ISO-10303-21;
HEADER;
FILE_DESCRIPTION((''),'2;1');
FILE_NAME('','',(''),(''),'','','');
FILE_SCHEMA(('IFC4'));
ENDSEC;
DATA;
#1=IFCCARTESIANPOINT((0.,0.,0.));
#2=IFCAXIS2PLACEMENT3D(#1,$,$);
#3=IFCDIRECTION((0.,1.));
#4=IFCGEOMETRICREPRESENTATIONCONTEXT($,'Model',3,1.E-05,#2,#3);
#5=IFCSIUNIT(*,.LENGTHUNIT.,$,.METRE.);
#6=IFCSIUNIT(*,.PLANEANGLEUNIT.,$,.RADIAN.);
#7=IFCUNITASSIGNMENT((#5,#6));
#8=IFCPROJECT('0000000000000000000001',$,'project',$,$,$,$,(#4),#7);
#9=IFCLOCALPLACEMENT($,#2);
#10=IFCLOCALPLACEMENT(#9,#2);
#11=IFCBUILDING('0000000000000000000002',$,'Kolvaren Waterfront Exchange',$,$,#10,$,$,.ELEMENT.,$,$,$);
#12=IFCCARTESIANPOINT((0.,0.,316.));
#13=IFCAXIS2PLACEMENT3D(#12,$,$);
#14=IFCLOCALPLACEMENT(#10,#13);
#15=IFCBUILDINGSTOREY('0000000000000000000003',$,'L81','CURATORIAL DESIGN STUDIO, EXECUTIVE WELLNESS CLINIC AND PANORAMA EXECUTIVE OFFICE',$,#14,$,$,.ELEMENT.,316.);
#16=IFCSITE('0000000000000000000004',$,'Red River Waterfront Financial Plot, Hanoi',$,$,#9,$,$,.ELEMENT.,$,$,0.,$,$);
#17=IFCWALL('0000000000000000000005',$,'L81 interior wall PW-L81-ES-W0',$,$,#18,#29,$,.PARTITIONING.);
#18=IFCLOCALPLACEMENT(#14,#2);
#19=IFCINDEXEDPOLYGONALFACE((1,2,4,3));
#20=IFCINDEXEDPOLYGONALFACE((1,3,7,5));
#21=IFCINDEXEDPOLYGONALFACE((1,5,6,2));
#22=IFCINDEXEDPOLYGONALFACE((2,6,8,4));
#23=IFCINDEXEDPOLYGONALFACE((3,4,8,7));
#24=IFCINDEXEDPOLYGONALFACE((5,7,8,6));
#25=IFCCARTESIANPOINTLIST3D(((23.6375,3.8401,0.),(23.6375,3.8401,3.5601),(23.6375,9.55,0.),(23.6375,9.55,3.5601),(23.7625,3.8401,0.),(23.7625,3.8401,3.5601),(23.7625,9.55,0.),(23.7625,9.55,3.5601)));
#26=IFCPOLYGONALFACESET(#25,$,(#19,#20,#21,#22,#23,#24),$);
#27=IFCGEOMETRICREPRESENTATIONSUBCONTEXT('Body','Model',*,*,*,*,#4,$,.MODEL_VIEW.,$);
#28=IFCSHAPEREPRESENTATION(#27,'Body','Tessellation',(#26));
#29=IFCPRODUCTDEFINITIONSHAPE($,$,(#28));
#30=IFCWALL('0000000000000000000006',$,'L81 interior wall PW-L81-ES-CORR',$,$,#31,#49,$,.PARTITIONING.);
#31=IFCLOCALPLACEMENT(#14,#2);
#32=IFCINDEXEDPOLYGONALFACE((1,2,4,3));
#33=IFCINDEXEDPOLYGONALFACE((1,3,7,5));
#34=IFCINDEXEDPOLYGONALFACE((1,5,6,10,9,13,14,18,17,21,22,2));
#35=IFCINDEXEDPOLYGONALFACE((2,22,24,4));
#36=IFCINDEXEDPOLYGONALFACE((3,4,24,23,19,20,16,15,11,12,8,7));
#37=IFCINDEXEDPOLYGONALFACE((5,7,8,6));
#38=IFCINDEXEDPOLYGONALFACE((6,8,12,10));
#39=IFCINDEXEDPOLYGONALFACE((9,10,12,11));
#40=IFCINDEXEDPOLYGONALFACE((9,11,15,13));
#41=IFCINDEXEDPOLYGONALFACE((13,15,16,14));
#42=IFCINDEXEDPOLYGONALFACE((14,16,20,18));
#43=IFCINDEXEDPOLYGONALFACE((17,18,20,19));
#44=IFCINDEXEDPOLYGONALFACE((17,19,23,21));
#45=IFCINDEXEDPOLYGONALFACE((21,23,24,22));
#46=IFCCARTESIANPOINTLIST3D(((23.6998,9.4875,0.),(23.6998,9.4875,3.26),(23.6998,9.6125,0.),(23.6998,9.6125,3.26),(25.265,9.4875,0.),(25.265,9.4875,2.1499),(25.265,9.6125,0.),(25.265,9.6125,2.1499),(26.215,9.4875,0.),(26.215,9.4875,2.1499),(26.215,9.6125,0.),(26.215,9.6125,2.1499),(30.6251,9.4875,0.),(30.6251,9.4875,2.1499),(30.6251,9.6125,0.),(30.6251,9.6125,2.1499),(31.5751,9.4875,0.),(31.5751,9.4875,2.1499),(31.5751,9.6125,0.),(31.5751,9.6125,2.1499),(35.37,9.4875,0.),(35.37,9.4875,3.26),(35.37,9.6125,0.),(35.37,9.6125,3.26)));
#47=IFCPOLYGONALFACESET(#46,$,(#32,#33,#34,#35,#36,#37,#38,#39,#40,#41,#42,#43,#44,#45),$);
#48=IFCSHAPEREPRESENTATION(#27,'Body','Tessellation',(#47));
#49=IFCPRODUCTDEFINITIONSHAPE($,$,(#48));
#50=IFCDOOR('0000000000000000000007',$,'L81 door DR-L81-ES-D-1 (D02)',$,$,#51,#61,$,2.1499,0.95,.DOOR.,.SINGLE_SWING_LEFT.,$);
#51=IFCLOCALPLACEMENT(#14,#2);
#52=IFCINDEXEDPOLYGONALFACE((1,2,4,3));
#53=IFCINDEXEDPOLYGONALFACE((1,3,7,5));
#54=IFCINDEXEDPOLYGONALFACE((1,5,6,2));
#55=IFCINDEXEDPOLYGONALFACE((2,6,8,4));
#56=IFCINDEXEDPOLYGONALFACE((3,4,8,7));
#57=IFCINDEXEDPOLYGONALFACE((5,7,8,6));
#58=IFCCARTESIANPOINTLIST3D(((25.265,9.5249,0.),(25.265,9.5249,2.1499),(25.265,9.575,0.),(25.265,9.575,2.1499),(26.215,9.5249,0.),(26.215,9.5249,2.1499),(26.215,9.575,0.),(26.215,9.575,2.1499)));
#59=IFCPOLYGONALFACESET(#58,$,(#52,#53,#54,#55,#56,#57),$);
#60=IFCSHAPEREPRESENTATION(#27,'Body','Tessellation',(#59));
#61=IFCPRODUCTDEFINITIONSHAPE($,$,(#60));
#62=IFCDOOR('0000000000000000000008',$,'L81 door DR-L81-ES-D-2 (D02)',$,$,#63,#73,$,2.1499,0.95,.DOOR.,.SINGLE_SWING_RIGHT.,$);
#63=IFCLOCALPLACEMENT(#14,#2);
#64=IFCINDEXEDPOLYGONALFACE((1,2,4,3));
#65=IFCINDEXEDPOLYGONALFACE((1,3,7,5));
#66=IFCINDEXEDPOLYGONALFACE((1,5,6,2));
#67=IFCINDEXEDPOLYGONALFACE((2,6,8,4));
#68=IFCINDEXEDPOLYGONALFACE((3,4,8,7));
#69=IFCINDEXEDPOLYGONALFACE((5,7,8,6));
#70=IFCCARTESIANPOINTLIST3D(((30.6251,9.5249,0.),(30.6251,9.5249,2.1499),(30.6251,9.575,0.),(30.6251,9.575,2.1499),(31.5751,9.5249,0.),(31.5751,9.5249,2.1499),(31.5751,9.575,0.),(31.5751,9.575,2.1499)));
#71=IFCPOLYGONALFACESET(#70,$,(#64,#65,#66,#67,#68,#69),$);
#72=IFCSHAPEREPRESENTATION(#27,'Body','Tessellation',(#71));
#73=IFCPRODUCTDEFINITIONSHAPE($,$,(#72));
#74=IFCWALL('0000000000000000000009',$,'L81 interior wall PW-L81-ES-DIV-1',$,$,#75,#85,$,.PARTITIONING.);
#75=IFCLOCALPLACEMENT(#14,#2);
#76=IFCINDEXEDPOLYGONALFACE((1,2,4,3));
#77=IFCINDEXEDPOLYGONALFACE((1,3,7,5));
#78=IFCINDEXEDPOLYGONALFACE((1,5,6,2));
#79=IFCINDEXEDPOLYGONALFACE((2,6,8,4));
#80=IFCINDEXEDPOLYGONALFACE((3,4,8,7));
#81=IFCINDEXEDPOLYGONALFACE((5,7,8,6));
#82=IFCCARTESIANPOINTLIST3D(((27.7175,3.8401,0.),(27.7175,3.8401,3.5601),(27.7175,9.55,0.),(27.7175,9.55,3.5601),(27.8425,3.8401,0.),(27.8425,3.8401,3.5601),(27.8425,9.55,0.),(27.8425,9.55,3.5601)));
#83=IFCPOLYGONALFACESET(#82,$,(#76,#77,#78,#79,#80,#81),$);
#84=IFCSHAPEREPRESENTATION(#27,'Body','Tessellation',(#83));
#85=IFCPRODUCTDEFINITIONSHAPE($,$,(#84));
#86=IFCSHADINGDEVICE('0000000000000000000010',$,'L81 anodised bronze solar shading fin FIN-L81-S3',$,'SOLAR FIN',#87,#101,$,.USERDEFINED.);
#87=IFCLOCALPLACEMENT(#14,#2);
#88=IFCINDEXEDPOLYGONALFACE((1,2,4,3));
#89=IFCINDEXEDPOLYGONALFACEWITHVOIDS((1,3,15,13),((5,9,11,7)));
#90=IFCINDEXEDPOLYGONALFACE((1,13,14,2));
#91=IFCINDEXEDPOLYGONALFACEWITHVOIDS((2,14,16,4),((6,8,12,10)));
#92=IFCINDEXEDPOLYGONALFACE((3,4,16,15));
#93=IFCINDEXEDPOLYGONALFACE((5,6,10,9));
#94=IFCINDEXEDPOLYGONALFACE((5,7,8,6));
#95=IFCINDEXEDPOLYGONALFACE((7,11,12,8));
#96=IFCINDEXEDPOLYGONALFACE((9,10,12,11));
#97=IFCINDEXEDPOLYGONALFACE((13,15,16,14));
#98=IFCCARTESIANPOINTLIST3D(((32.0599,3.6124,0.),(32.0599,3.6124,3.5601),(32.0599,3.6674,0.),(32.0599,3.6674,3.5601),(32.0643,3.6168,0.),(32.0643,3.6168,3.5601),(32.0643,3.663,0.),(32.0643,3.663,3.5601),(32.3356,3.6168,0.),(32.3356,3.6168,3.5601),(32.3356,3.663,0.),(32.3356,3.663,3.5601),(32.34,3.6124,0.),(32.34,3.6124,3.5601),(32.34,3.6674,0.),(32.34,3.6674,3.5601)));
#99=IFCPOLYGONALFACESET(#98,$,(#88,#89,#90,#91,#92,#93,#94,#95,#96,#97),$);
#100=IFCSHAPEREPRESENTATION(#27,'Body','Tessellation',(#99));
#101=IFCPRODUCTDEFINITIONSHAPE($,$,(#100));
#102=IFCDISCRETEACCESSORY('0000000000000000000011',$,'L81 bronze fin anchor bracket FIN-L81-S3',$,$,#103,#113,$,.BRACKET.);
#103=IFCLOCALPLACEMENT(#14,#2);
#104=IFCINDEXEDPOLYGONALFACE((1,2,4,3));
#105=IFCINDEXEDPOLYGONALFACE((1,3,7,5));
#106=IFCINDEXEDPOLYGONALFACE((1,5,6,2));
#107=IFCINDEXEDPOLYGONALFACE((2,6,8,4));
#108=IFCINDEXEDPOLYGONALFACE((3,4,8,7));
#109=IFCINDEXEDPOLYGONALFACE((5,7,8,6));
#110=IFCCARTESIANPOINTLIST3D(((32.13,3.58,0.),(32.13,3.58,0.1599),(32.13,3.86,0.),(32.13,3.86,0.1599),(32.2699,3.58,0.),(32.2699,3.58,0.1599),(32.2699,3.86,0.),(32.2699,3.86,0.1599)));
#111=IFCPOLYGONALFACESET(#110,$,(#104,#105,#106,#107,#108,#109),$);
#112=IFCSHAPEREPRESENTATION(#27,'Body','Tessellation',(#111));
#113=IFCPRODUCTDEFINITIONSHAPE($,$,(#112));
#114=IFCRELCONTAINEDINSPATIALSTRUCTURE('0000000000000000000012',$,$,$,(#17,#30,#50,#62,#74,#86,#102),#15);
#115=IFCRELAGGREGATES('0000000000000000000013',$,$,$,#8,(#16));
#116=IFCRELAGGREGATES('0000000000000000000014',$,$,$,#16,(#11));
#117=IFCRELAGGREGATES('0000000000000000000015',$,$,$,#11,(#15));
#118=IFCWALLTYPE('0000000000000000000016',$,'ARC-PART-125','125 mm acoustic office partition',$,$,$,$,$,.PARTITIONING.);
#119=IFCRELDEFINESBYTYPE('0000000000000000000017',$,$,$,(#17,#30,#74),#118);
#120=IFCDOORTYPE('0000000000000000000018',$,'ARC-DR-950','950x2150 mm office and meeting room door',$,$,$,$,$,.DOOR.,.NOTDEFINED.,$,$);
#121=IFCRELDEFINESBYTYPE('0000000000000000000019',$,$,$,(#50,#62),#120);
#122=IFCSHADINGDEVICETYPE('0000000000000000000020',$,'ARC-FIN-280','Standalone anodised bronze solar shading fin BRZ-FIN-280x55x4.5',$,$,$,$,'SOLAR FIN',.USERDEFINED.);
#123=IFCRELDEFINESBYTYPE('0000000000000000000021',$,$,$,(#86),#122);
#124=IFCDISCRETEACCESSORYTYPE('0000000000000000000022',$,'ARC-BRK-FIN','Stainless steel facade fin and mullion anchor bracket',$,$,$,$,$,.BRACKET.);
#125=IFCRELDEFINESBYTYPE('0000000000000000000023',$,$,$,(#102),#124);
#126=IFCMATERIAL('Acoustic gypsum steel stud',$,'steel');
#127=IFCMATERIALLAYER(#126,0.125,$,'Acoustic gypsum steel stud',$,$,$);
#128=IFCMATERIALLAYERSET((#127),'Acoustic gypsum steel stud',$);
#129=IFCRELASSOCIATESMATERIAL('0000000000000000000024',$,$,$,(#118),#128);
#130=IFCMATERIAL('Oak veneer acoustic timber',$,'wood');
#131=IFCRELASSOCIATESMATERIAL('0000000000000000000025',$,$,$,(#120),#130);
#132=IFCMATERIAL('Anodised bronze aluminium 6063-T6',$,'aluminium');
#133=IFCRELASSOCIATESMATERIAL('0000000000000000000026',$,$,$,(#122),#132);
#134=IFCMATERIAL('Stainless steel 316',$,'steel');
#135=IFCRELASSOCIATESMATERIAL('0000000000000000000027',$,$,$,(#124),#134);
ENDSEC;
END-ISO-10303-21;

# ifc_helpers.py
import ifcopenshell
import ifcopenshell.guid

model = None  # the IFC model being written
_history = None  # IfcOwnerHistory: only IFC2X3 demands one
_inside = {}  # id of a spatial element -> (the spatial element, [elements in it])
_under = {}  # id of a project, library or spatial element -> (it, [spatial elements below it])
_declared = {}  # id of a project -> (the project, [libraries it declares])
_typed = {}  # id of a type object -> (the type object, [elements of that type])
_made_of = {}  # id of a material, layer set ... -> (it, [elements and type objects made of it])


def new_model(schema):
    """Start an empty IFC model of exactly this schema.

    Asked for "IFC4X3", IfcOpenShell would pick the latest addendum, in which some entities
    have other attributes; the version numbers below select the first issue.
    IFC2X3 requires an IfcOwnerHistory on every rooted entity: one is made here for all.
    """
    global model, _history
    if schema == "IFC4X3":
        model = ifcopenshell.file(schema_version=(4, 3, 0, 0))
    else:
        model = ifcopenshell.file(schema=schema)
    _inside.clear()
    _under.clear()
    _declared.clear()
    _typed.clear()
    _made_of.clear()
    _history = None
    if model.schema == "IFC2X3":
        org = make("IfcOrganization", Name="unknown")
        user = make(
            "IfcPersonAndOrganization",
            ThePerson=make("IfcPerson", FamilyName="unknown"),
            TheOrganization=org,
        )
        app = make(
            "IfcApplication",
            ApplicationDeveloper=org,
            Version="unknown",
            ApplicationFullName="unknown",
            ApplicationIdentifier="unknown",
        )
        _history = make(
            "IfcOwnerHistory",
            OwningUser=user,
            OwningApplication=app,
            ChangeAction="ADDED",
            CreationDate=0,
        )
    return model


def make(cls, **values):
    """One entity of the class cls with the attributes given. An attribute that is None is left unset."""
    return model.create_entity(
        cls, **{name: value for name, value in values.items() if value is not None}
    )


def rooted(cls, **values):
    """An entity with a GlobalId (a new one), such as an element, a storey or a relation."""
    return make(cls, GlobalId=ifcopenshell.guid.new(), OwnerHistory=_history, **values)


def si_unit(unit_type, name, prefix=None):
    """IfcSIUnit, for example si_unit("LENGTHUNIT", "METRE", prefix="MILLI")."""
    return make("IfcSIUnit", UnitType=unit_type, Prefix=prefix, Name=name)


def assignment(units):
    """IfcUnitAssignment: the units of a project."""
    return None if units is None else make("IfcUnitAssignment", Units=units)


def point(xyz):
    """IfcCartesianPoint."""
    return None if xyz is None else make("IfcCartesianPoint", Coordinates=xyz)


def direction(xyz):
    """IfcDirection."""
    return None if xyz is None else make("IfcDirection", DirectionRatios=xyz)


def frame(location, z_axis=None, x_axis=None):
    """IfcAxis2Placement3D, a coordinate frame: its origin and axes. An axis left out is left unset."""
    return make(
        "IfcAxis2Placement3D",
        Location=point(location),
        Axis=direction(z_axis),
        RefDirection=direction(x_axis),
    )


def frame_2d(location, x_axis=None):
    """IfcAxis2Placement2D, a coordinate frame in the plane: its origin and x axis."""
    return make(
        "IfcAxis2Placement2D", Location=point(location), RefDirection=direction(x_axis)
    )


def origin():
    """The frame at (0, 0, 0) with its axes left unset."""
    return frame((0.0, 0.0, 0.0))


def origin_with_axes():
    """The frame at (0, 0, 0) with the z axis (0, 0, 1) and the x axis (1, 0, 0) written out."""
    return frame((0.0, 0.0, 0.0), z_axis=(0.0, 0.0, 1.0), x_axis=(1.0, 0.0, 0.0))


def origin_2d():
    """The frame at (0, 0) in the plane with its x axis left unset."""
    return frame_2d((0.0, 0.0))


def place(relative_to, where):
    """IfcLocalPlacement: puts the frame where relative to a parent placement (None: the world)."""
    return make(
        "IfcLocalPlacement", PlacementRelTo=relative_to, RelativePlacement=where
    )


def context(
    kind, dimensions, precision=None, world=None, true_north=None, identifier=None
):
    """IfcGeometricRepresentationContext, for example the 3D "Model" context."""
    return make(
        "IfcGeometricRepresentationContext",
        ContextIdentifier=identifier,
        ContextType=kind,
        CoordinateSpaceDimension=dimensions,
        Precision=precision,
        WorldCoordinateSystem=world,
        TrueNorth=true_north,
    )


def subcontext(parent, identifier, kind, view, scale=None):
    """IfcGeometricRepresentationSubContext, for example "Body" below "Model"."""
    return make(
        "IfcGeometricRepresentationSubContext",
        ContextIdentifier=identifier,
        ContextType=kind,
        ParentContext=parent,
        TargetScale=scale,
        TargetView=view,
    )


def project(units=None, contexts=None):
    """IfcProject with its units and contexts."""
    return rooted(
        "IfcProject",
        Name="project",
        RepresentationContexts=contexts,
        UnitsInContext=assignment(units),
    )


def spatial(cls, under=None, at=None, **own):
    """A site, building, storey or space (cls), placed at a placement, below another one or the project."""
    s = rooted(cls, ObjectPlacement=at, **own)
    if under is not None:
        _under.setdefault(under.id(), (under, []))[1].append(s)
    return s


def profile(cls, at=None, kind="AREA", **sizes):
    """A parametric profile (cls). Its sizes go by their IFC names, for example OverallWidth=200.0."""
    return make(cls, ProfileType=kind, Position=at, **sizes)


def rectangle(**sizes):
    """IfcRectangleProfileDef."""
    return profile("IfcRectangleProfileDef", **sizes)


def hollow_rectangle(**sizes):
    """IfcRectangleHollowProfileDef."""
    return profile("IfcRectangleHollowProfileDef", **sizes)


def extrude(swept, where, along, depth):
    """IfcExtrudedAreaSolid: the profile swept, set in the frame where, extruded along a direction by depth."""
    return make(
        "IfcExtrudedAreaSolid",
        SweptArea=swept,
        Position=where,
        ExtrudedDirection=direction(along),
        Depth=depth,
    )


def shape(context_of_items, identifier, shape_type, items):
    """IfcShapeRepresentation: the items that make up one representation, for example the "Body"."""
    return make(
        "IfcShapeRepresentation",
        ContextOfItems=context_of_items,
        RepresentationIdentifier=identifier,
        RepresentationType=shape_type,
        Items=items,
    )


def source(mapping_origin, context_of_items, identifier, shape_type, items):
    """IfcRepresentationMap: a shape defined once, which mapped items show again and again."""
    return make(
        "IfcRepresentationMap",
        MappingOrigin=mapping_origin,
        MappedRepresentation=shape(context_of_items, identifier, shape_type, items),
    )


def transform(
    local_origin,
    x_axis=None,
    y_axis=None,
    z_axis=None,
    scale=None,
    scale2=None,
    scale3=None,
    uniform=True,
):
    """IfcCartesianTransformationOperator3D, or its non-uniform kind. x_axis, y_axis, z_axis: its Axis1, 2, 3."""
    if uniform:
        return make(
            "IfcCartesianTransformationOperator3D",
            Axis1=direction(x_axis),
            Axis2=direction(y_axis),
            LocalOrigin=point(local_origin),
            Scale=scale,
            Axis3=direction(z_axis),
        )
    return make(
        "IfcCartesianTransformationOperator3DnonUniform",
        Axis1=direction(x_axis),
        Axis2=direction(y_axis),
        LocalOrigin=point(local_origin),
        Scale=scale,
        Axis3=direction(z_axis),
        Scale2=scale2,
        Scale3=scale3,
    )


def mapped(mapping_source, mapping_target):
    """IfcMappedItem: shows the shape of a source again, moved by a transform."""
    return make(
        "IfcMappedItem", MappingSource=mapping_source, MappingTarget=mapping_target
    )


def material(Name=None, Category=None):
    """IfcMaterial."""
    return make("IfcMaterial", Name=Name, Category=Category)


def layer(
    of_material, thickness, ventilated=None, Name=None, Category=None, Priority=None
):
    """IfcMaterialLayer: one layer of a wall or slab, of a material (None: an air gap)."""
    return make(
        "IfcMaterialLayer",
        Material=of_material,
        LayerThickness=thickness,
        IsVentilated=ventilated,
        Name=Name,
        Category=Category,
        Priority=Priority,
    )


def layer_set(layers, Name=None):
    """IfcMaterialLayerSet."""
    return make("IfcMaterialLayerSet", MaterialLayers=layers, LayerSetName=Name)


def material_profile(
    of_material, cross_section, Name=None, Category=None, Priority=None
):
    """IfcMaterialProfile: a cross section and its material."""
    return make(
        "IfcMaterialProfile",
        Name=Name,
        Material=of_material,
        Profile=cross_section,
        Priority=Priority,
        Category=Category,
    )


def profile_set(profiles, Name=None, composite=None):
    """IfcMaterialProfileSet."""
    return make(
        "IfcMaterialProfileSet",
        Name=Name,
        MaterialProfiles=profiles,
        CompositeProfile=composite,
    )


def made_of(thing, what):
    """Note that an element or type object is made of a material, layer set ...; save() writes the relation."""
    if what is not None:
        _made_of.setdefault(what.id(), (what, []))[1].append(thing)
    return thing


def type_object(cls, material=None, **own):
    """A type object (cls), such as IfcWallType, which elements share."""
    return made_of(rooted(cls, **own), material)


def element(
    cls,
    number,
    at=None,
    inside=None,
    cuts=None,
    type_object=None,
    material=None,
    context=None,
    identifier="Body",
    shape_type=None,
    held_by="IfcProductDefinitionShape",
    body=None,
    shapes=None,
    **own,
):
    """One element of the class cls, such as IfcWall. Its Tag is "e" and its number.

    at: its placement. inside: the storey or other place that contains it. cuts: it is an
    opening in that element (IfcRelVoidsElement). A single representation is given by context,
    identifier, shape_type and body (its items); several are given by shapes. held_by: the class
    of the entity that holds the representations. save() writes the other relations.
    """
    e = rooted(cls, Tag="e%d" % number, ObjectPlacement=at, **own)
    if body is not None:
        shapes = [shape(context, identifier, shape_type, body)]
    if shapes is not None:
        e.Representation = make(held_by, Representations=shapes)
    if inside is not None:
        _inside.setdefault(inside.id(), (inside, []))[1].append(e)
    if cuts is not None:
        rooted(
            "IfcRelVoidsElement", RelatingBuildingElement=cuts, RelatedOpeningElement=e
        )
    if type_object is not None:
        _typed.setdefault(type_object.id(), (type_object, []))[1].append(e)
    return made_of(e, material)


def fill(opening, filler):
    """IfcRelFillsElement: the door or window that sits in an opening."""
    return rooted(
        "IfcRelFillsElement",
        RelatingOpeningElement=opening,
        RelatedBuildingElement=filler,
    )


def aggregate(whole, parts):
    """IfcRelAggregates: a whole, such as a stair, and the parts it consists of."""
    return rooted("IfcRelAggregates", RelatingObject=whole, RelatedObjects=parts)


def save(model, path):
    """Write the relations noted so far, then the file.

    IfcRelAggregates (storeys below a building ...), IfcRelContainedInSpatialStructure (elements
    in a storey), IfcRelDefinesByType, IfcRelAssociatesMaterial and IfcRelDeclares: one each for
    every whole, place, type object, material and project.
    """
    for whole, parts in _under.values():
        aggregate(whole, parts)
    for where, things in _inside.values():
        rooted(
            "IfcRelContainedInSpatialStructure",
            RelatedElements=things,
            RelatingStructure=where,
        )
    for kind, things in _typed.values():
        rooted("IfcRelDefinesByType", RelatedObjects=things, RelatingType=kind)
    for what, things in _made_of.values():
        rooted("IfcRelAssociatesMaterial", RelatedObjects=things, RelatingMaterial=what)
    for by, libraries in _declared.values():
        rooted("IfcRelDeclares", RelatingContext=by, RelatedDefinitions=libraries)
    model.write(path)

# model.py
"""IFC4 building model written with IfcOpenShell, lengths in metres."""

from ifc_helpers import new_model, si_unit, direction, frame, frame_2d, origin, origin_with_axes, origin_2d, place, context, subcontext, project, spatial, rectangle, hollow_rectangle, extrude, source, transform, mapped, material, layer, layer_set, material_profile, profile_set, type_object, element, fill, save


model = new_model("IFC4")

# Units and contexts
model_context = context("Model", 3, precision=1e-05, world=origin(), true_north=direction((0.0, 1.0)))
body_context = subcontext(model_context, "Body", "Model", "MODEL_VIEW")
ifc_project = project(units=[si_unit("LENGTHUNIT", "METRE"), si_unit("PLANEANGLEUNIT", "RADIAN")], contexts=[model_context])

# Site, building, storey
site_placement = place(None, origin())
site = spatial("IfcSite", under=ifc_project, at=site_placement, Name="Red River Waterfront Financial Plot, Hanoi", CompositionType="ELEMENT", RefElevation=0.0)
building_placement = place(site_placement, origin())
building = spatial("IfcBuilding", under=site, at=building_placement, Name="Kolvaren Waterfront Exchange", CompositionType="ELEMENT")
storey_placement = place(building_placement, frame((0.0, 0.0, 316.0)))
storey = spatial("IfcBuildingStorey", under=building, at=storey_placement, Name="L81", Description="CURATORIAL DESIGN STUDIO, EXECUTIVE WELLNESS CLINIC AND PANORAMA EXECUTIVE OFFICE", CompositionType="ELEMENT", Elevation=316.0)

# Shared definitions
ifc_material_1 = material(Name="Anodised bronze aluminium 6063-T6", Category="aluminium")

# Wall
ifc_material_2 = material(Name="Acoustic gypsum steel stud", Category="steel")
ifc_layer_1 = layer(ifc_material_2, 0.125, Name="Acoustic gypsum steel stud")
ifc_layer_set_1 = layer_set([ifc_layer_1], Name="Acoustic gypsum steel stud")
wall_type = type_object("IfcWallType", Name="ARC-PART-125", Description="125 mm acoustic office partition", PredefinedType="PARTITIONING", material=ifc_layer_set_1)
wall_1_placement = place(storey_placement, frame((23.7, 3.8401, 0.0), z_axis=(0.0, 0.0, 1.0), x_axis=(0.0, 1.0, 0.0)))
element("IfcWall", 1, at=wall_1_placement, inside=storey, type_object=wall_type, Name="L81 interior wall PW-L81-ES-W0", PredefinedType="PARTITIONING", context=body_context, shape_type="SweptSolid", body=[
    extrude(rectangle(XDim=5.71, YDim=0.125, at=frame_2d((2.855, 0.0))), origin(), (0.0, 0.0, 1.0), 3.5601),
])

# Wall, openings, doors
wall_2_placement = place(storey_placement, frame((23.7, 9.55, 0.0), z_axis=(0.0, 0.0, 1.0), x_axis=(1.0, 0.0, 0.0)))
wall_2 = element("IfcWall", 2, at=wall_2_placement, inside=storey, type_object=wall_type, Name="L81 interior wall PW-L81-ES-CORR", PredefinedType="PARTITIONING", context=body_context, shape_type="SweptSolid", body=[
    extrude(rectangle(XDim=11.6702, YDim=0.125, at=frame_2d((5.835, 0.0))), origin(), (0.0, 0.0, 1.0), 3.26),
])
opening_1_placement = place(wall_2_placement, frame((1.5649, 0.0, 0.0)))
opening_1 = element("IfcOpeningElement", 3, at=opening_1_placement, cuts=wall_2, PredefinedType="OPENING", context=body_context, shape_type="SweptSolid", body=[
    extrude(rectangle(XDim=0.95, YDim=2.1499, at=frame_2d((0.4751, 1.075))), frame((0.0, 0.0725, 0.0), z_axis=(0.0, -1.0, 0.0), x_axis=(1.0, 0.0, 0.0)), (0.0, 0.0, 1.0), 0.145),
])
opening_2_placement = place(wall_2_placement, frame((6.925, 0.0, 0.0)))
opening_2 = element("IfcOpeningElement", 4, at=opening_2_placement, cuts=wall_2, PredefinedType="OPENING", context=body_context, shape_type="SweptSolid", body=[
    extrude(rectangle(XDim=0.95, YDim=2.1499, at=frame_2d((0.4751, 1.075))), frame((0.0, 0.0725, 0.0), z_axis=(0.0, -1.0, 0.0), x_axis=(1.0, 0.0, 0.0)), (0.0, 0.0, 1.0), 0.145),
])
ifc_material_3 = material(Name="Oak veneer acoustic timber", Category="wood")
door_type = type_object("IfcDoorType", Name="ARC-DR-950", Description="950x2150 mm office and meeting room door", OperationType="NOTDEFINED", PredefinedType="DOOR", material=ifc_material_3)
door_1_placement = place(opening_1_placement, origin())
door_1 = element("IfcDoor", 5, at=door_1_placement, inside=storey, type_object=door_type, Name="L81 door DR-L81-ES-D-1 (D02)", OperationType="SINGLE_SWING_LEFT", OverallHeight=2.1499, OverallWidth=0.95, PredefinedType="DOOR", context=body_context, shape_type="SweptSolid", body=[
    extrude(rectangle(XDim=0.95, YDim=2.1499, at=frame_2d((0.4751, 1.075))), frame((0.0, 0.0249, 0.0), z_axis=(0.0, -1.0, 0.0), x_axis=(1.0, 0.0, 0.0)), (0.0, 0.0, 1.0), 0.05),
])
fill(opening_1, door_1)
door_2_placement = place(opening_2_placement, origin())
door_2 = element("IfcDoor", 6, at=door_2_placement, inside=storey, type_object=door_type, Name="L81 door DR-L81-ES-D-2 (D02)", OperationType="SINGLE_SWING_RIGHT", OverallHeight=2.1499, OverallWidth=0.95, PredefinedType="DOOR", context=body_context, shape_type="SweptSolid", body=[
    extrude(rectangle(XDim=0.95, YDim=2.1499, at=frame_2d((0.4751, 1.075))), frame((0.0, 0.0249, 0.0), z_axis=(0.0, -1.0, 0.0), x_axis=(1.0, 0.0, 0.0)), (0.0, 0.0, 1.0), 0.05),
])
fill(opening_2, door_2)

# Wall
wall_3_placement = place(storey_placement, frame((27.78, 3.8401, 0.0), z_axis=(0.0, 0.0, 1.0), x_axis=(0.0, 1.0, 0.0)))
element("IfcWall", 7, at=wall_3_placement, inside=storey, type_object=wall_type, Name="L81 interior wall PW-L81-ES-DIV-1", PredefinedType="PARTITIONING", context=body_context, shape_type="SweptSolid", body=[
    extrude(rectangle(XDim=5.71, YDim=0.125, at=frame_2d((2.855, 0.0))), origin(), (0.0, 0.0, 1.0), 3.5601),
])

# Shading device
ifc_material_profile_1 = material_profile(ifc_material_1, hollow_rectangle(XDim=0.0549, YDim=0.28, WallThickness=0.0044, at=origin_2d()), Name="BRZ-FIN-280x55x4.5")
ifc_profile_set_1 = profile_set([ifc_material_profile_1], Name="Anodised bronze aluminium 6063-T6")
shading_device_type = type_object("IfcShadingDeviceType", Name="ARC-FIN-280", Description="Standalone anodised bronze solar shading fin BRZ-FIN-280x55x4.5", ElementType="SOLAR FIN", PredefinedType="USERDEFINED", material=ifc_profile_set_1)
shading_device_placement = place(storey_placement, frame((32.2, 3.6399, 0.0), z_axis=(0.0, 0.0, 1.0), x_axis=(0.0, -1.0, 0.0)))
element("IfcShadingDevice", 8, at=shading_device_placement, inside=storey, type_object=shading_device_type, Name="L81 anodised bronze solar shading fin FIN-L81-S3", ObjectType="SOLAR FIN", PredefinedType="USERDEFINED", context=body_context, shape_type="SweptSolid", body=[
    extrude(hollow_rectangle(XDim=0.0549, YDim=0.28, WallThickness=0.0044, at=origin_2d()), origin(), (0.0, 0.0, 1.0), 3.5601),
])

# Discrete accessory
ifc_material_4 = material(Name="Stainless steel 316", Category="steel")
discrete_accessory_type = type_object("IfcDiscreteAccessoryType", Name="ARC-BRK-FIN", Description="Stainless steel facade fin and mullion anchor bracket", PredefinedType="BRACKET", material=ifc_material_4)
shared_shape_1 = source(origin_with_axes(), body_context, "Body", "SweptSolid", [
    extrude(rectangle(XDim=0.28, YDim=0.1399, at=origin_2d()), origin(), (0.0, 0.0, 1.0), 0.1599),
])
discrete_accessory_placement = place(storey_placement, frame((32.2, 3.72, 0.0), z_axis=(0.0, 0.0, 1.0), x_axis=(0.0, -1.0, 0.0)))
element("IfcDiscreteAccessory", 9, at=discrete_accessory_placement, inside=storey, type_object=discrete_accessory_type, Name="L81 bronze fin anchor bracket FIN-L81-S3", PredefinedType="BRACKET", context=body_context, shape_type="MappedRepresentation", body=[
    mapped(shared_shape_1, transform((0.0, 0.0, 0.0), x_axis=(1.0, 0.0, 0.0), y_axis=(0.0, 1.0, 0.0), z_axis=(0.0, 0.0, 1.0), scale=1.0)),
])

save(model, "model.ifc")
